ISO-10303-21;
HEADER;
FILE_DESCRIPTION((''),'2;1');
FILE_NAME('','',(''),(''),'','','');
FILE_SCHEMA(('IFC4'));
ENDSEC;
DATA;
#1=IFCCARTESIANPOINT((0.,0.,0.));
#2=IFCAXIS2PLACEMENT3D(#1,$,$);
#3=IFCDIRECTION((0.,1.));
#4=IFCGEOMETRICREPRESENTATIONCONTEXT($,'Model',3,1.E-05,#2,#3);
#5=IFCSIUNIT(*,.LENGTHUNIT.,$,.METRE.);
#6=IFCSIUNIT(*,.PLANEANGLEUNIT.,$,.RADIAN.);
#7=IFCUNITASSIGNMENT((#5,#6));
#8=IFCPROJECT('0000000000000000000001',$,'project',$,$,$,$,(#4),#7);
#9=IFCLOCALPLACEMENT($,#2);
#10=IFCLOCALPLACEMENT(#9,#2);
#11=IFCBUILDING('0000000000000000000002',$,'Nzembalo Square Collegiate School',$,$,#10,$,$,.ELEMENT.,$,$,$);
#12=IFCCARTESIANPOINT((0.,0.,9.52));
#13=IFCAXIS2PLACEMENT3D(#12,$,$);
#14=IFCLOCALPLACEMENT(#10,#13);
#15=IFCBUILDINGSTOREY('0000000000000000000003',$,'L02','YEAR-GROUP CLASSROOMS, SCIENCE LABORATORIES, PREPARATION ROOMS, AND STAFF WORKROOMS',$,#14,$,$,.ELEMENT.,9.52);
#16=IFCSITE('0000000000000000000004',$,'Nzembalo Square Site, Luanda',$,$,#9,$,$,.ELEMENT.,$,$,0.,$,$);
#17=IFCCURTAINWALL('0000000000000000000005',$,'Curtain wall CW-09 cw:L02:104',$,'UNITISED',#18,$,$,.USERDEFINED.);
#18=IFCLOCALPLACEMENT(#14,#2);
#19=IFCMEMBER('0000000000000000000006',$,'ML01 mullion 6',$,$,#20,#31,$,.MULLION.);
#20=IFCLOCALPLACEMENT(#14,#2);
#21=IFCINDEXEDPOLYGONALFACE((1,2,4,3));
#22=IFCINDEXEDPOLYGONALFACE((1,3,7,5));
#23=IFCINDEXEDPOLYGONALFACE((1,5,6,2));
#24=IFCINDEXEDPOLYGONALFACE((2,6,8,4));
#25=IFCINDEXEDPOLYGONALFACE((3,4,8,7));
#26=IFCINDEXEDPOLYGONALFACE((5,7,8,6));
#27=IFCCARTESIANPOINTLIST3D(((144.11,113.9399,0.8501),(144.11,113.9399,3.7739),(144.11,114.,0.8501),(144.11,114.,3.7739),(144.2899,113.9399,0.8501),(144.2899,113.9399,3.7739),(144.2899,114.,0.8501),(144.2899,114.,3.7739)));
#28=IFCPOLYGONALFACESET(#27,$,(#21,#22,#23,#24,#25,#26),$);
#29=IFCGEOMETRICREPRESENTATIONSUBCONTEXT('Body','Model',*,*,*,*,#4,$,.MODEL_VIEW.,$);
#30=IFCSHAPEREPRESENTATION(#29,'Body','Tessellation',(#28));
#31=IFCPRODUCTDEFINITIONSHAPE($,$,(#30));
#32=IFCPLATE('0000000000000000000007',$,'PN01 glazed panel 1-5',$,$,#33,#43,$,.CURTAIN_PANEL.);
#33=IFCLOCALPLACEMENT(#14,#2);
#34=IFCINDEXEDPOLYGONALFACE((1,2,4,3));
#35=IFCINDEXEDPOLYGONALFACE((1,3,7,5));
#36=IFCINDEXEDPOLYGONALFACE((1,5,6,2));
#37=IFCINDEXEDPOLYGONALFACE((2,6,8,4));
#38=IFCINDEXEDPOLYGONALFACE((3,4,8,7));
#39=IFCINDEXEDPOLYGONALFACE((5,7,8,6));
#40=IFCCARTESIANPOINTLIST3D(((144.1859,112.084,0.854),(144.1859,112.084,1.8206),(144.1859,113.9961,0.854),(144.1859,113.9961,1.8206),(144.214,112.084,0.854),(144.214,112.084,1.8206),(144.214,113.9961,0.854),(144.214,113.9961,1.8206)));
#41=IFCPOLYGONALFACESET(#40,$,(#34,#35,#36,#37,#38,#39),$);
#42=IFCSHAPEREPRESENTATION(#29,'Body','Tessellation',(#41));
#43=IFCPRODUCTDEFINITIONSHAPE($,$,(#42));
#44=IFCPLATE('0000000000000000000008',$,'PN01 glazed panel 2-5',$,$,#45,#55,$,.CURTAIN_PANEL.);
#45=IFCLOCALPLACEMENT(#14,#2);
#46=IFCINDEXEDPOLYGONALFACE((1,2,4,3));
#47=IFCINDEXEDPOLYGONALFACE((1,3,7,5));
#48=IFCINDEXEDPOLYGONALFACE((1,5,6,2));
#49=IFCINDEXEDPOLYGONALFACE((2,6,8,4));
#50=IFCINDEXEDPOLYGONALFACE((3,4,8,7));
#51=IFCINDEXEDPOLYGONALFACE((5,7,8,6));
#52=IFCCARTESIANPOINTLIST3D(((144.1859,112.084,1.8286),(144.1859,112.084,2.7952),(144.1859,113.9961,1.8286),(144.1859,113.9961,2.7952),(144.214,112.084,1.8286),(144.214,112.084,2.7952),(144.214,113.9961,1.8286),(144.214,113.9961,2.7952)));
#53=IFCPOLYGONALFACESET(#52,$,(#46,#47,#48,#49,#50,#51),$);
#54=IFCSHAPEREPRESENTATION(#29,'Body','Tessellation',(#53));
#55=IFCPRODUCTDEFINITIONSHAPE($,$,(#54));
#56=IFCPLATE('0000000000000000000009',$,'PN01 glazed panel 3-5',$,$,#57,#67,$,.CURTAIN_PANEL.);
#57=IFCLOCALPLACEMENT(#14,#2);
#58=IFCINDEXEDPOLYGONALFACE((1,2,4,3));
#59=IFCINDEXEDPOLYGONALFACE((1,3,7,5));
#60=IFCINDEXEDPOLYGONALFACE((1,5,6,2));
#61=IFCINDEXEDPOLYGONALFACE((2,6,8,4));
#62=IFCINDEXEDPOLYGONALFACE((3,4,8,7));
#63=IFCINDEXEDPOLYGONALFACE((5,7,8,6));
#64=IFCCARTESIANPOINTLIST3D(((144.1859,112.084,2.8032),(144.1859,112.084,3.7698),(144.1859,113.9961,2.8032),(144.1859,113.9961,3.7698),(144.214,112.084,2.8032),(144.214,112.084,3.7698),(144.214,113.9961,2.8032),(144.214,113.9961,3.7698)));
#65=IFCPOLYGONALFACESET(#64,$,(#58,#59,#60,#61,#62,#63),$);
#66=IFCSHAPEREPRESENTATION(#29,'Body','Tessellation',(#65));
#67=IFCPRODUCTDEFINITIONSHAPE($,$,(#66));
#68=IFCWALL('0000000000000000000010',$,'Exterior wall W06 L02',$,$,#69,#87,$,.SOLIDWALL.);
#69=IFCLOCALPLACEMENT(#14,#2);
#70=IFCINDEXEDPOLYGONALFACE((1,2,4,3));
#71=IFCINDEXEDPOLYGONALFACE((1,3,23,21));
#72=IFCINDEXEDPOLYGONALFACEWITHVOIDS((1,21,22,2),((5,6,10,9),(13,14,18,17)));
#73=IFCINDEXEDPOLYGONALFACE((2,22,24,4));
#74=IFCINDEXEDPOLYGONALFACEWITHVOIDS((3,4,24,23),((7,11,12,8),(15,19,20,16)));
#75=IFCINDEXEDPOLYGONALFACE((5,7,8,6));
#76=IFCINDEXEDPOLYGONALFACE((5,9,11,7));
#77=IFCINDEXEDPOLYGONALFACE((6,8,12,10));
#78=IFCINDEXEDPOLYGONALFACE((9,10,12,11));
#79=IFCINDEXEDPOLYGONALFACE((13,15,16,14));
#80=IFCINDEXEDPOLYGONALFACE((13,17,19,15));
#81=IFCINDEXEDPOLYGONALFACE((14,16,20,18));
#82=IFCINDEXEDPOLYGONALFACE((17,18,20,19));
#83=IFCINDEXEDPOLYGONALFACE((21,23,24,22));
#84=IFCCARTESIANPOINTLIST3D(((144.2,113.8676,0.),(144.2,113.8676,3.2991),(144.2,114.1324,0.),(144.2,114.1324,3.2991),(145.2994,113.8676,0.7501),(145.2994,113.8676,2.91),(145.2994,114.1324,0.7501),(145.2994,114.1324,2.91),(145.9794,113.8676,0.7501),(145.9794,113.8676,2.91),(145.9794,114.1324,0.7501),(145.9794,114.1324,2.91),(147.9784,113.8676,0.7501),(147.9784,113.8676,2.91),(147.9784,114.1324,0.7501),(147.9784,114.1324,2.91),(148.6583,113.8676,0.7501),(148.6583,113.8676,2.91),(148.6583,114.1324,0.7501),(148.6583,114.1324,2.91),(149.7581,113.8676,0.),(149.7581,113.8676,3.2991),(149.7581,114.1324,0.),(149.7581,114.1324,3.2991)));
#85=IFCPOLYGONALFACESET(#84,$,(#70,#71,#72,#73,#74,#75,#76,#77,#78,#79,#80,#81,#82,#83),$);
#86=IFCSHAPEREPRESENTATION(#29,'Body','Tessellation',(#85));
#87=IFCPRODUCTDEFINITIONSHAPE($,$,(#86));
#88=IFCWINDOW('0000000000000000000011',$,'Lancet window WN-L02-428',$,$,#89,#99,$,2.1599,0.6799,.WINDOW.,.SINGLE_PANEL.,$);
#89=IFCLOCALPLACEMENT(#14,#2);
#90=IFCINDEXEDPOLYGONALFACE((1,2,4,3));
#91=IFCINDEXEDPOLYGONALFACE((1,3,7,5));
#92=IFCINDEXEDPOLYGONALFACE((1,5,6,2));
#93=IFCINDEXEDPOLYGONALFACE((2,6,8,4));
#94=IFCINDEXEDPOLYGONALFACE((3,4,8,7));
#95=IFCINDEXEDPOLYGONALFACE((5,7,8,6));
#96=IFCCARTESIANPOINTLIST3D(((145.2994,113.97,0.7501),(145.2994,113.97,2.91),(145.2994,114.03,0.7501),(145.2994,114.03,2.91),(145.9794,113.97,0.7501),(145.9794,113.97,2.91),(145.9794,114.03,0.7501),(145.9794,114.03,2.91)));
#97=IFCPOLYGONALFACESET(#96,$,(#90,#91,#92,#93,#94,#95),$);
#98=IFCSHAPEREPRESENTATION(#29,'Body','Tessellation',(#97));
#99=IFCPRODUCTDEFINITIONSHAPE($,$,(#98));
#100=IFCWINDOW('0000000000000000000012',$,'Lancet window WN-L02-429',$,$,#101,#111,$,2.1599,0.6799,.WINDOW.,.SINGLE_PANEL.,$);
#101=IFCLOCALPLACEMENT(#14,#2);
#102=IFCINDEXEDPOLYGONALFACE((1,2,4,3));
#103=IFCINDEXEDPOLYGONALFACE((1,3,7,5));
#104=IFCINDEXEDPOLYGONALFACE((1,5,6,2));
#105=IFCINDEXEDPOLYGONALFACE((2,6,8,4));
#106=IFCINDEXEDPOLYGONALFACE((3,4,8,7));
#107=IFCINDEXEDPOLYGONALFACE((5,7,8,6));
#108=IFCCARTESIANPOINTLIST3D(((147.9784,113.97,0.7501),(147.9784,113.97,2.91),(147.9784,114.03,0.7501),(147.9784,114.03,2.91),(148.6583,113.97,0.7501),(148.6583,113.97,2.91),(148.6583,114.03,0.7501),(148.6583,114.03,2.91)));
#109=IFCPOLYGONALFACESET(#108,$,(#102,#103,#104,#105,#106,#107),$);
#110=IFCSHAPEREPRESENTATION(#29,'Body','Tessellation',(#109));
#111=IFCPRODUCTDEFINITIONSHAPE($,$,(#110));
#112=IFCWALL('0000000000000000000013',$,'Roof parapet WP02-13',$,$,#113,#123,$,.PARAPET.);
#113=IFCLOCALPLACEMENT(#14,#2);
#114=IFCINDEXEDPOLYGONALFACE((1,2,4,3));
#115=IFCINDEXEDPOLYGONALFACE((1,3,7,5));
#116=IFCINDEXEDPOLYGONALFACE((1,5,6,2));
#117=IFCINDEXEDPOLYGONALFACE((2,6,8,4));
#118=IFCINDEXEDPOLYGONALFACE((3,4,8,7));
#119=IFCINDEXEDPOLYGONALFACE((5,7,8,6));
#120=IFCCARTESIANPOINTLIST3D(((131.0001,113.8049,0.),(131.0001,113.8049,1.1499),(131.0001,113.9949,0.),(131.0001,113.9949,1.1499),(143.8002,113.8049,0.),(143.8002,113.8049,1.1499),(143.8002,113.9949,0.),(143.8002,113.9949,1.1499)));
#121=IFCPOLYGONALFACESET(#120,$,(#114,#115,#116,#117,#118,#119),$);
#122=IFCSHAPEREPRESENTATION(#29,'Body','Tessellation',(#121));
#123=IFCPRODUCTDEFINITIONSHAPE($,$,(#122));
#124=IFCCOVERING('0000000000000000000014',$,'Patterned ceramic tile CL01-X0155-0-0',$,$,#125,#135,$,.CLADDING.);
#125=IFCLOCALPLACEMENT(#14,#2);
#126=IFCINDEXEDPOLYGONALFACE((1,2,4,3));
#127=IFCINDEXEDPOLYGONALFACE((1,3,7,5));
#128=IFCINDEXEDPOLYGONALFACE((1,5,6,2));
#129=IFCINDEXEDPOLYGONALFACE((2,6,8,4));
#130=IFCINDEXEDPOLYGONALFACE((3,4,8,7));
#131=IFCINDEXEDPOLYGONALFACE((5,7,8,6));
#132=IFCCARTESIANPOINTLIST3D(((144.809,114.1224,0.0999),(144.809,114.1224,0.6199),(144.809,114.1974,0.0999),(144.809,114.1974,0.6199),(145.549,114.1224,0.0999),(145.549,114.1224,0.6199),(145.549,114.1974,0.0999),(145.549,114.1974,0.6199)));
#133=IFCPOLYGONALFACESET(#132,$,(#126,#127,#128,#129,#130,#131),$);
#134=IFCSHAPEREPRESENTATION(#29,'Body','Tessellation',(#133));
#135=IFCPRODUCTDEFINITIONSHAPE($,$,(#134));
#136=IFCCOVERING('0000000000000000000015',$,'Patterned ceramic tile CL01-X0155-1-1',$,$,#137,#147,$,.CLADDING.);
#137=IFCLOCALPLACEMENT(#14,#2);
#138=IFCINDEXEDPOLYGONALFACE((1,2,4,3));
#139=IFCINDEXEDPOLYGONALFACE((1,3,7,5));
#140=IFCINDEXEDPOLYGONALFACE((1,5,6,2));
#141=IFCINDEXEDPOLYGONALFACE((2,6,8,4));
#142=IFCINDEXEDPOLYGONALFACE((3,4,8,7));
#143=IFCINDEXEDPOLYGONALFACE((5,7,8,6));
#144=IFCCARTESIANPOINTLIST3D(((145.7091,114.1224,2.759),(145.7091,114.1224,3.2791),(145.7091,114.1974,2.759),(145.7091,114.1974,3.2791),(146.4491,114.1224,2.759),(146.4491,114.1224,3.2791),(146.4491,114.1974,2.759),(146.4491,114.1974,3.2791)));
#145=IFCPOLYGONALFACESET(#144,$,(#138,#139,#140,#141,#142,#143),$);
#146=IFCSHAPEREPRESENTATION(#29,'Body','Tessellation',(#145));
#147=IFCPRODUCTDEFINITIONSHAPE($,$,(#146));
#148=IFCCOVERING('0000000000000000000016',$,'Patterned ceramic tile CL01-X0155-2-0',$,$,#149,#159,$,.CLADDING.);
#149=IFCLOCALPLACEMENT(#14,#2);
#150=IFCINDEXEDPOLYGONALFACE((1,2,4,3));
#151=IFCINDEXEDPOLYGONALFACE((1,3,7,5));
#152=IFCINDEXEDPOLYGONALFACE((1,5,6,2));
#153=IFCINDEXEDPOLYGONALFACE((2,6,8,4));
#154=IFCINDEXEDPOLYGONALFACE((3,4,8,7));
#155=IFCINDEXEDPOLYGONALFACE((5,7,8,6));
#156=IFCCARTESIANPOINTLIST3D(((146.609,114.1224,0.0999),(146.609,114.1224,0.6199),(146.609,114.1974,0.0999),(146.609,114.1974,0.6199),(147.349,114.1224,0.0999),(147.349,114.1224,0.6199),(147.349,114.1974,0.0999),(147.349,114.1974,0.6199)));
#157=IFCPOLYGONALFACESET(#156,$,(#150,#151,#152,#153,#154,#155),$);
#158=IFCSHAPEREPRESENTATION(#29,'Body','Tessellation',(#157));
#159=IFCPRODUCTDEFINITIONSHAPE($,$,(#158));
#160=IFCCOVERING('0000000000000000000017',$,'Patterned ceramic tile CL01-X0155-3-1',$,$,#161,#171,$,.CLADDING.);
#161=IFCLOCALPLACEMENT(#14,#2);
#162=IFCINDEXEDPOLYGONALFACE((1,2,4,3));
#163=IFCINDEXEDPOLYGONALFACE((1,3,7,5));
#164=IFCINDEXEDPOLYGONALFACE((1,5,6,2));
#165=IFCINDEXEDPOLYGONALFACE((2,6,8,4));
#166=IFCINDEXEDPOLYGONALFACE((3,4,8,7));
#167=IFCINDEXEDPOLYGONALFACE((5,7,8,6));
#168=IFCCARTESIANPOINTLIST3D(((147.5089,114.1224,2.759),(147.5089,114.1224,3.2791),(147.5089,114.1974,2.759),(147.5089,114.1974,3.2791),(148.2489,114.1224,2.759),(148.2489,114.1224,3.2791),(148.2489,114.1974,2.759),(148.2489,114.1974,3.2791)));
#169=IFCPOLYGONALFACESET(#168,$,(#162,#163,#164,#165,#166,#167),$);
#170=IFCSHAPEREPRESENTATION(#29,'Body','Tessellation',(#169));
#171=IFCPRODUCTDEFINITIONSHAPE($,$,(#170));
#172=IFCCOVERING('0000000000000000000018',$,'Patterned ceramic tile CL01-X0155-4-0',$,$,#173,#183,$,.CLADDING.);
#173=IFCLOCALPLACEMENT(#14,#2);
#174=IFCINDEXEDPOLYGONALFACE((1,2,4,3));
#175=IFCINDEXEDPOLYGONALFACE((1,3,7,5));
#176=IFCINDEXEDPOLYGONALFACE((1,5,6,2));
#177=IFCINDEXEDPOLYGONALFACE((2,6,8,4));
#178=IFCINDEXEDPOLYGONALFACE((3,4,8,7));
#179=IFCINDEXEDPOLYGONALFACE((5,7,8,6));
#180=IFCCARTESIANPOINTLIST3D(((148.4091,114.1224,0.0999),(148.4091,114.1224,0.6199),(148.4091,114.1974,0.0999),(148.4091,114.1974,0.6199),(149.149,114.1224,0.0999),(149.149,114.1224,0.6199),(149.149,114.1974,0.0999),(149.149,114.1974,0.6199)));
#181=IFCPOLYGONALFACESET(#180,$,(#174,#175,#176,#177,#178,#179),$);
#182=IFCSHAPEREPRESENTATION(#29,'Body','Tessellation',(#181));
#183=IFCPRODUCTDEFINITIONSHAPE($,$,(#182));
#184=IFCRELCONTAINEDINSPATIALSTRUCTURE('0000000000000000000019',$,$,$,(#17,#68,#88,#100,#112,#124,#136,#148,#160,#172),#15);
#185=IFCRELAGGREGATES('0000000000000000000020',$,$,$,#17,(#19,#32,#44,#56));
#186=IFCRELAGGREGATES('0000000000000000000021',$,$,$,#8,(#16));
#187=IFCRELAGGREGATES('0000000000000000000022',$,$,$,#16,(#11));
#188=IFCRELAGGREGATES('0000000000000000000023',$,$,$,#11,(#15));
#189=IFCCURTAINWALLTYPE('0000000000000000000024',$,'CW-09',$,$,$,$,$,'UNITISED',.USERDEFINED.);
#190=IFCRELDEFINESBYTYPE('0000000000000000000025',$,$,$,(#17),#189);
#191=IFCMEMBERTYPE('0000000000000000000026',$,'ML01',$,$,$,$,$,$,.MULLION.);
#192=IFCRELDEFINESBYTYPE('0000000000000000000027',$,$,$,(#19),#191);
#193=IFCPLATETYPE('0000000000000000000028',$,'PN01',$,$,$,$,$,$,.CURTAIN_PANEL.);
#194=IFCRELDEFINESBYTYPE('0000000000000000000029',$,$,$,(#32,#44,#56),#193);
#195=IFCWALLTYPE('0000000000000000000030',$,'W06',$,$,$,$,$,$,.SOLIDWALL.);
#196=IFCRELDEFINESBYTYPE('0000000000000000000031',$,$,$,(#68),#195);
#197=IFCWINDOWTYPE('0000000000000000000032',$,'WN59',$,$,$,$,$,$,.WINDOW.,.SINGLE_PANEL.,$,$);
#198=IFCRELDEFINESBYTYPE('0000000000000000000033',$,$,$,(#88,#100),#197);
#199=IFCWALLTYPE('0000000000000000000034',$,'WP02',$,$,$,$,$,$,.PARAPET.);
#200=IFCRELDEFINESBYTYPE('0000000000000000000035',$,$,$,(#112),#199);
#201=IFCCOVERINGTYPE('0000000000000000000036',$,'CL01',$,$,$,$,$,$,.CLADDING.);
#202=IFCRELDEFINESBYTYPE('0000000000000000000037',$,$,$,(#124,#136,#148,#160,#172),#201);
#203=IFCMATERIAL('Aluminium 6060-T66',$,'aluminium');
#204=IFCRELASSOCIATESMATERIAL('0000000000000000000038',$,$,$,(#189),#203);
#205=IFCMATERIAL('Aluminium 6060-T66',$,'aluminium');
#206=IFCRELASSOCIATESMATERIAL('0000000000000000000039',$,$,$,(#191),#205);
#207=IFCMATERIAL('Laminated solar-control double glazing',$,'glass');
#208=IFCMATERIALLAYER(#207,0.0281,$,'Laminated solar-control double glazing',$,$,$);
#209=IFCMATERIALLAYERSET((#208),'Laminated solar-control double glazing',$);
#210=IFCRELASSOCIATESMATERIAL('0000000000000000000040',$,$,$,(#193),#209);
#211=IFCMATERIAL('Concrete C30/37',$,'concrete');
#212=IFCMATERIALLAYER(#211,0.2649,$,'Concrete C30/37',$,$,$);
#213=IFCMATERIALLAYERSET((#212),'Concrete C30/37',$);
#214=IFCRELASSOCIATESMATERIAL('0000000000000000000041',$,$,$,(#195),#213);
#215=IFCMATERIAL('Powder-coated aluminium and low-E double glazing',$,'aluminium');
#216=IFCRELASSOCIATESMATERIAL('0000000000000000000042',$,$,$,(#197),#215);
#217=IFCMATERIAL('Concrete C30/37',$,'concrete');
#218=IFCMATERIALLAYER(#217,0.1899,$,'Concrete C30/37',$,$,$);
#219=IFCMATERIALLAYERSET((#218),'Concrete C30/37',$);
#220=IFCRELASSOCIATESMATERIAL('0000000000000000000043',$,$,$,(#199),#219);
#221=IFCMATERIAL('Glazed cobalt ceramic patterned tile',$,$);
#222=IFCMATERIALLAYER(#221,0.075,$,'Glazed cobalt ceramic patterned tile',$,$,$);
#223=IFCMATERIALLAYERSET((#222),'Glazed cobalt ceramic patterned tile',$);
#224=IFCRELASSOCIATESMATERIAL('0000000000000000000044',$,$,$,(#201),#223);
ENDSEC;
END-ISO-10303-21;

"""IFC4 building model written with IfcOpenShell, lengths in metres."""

from ifc_helpers import new_model, si_unit, direction, frame, frame_2d, origin, origin_2d, place, context, subcontext, project, spatial, rectangle, extrude, material, layer, layer_set, material_profile, profile_set, type_object, element, fill, aggregate, save


model = new_model("IFC4")

# Units and contexts
model_context = context("Model", 3, precision=1e-05, world=origin(), true_north=direction((0.0, 1.0)))
body_context = subcontext(model_context, "Body", "Model", "MODEL_VIEW")
ifc_project = project(units=[si_unit("LENGTHUNIT", "METRE"), si_unit("PLANEANGLEUNIT", "RADIAN")], contexts=[model_context])

# Site, building, storey
site_placement = place(None, origin())
site = spatial("IfcSite", under=ifc_project, at=site_placement, Name="Nzembalo Square Site, Luanda", CompositionType="ELEMENT", RefElevation=0.0)
building_placement = place(site_placement, origin())
building = spatial("IfcBuilding", under=site, at=building_placement, Name="Nzembalo Square Collegiate School", CompositionType="ELEMENT")
storey_placement = place(building_placement, frame((0.0, 0.0, 9.52)))
storey = spatial("IfcBuildingStorey", under=building, at=storey_placement, Name="L02", Description="YEAR-GROUP CLASSROOMS, SCIENCE LABORATORIES, PREPARATION ROOMS, AND STAFF WORKROOMS", CompositionType="ELEMENT", Elevation=9.52)

# Curtain wall, member, plates
ifc_material_1 = material(Name="Aluminium 6060-T66", Category="aluminium")
curtain_wall_type = type_object("IfcCurtainWallType", Name="CW-09", ElementType="UNITISED", PredefinedType="USERDEFINED", material=ifc_material_1)
curtain_wall_placement = place(storey_placement, origin())
curtain_wall = element("IfcCurtainWall", 1, at=curtain_wall_placement, inside=storey, type_object=curtain_wall_type, Name="Curtain wall CW-09 cw:L02:104", ObjectType="UNITISED", PredefinedType="USERDEFINED")
ifc_material_2 = material(Name="Aluminium 6060-T66", Category="aluminium")
ifc_material_profile = material_profile(ifc_material_2, rectangle(XDim=0.0601, YDim=0.1799, at=origin_2d()), Name="ALU M60x180")
ifc_profile_set = profile_set([ifc_material_profile], Name="Aluminium 6060-T66")
member_type = type_object("IfcMemberType", Name="ML01", PredefinedType="MULLION", material=ifc_profile_set)
member_placement = place(storey_placement, frame((144.2, 113.97, 0.8501), z_axis=(0.0, 0.0, 1.0), x_axis=(0.0, 1.0, 0.0)))
member = element("IfcMember", 2, at=member_placement, type_object=member_type, Name="ML01 mullion 6", PredefinedType="MULLION", context=body_context, shape_type="SweptSolid", body=[
    extrude(rectangle(XDim=0.0601, YDim=0.1799, at=origin_2d()), origin(), (0.0, 0.0, 1.0), 2.9238),
])
ifc_material_3 = material(Name="Laminated solar-control double glazing", Category="glass")
ifc_layer_1 = layer(ifc_material_3, 0.0281, Name="Laminated solar-control double glazing")
ifc_layer_set_1 = layer_set([ifc_layer_1], Name="Laminated solar-control double glazing")
plate_type = type_object("IfcPlateType", Name="PN01", PredefinedType="CURTAIN_PANEL", material=ifc_layer_set_1)
plate_1_placement = place(storey_placement, frame((144.2, 113.04, 0.854), z_axis=(0.0, 0.0, 1.0), x_axis=(0.0, 1.0, 0.0)))
plate_1 = element("IfcPlate", 3, at=plate_1_placement, type_object=plate_type, Name="PN01 glazed panel 1-5", PredefinedType="CURTAIN_PANEL", context=body_context, shape_type="SweptSolid", body=[
    extrude(rectangle(XDim=1.9121, YDim=0.0281, at=origin_2d()), origin(), (0.0, 0.0, 1.0), 0.9666),
])
plate_2_placement = place(storey_placement, frame((144.2, 113.04, 1.8286), z_axis=(0.0, 0.0, 1.0), x_axis=(0.0, 1.0, 0.0)))
plate_2 = element("IfcPlate", 4, at=plate_2_placement, type_object=plate_type, Name="PN01 glazed panel 2-5", PredefinedType="CURTAIN_PANEL", context=body_context, shape_type="SweptSolid", body=[
    extrude(rectangle(XDim=1.9121, YDim=0.0281, at=origin_2d()), origin(), (0.0, 0.0, 1.0), 0.9666),
])
plate_3_placement = place(storey_placement, frame((144.2, 113.04, 2.8032), z_axis=(0.0, 0.0, 1.0), x_axis=(0.0, 1.0, 0.0)))
plate_3 = element("IfcPlate", 5, at=plate_3_placement, type_object=plate_type, Name="PN01 glazed panel 3-5", PredefinedType="CURTAIN_PANEL", context=body_context, shape_type="SweptSolid", body=[
    extrude(rectangle(XDim=1.9121, YDim=0.0281, at=origin_2d()), origin(), (0.0, 0.0, 1.0), 0.9666),
])
aggregate(curtain_wall, [member, plate_1, plate_2, plate_3])

# Wall, openings, windows
ifc_material_4 = material(Name="Concrete C30/37", Category="concrete")
ifc_layer_2 = layer(ifc_material_4, 0.2649, Name="Concrete C30/37")
ifc_layer_set_2 = layer_set([ifc_layer_2], Name="Concrete C30/37")
wall_type_1 = type_object("IfcWallType", Name="W06", PredefinedType="SOLIDWALL", material=ifc_layer_set_2)
wall_1_placement = place(storey_placement, frame((144.2, 114.0, 0.0), z_axis=(0.0, 0.0, 1.0), x_axis=(1.0, 0.0, 0.0)))
wall_1 = element("IfcWall", 6, at=wall_1_placement, inside=storey, type_object=wall_type_1, Name="Exterior wall W06 L02", PredefinedType="SOLIDWALL", context=body_context, shape_type="SweptSolid", body=[
    extrude(rectangle(XDim=5.5581, YDim=0.2649, at=frame_2d((2.7791, 0.0))), origin(), (0.0, 0.0, 1.0), 3.2991),
])
opening_1_placement = place(wall_1_placement, frame((1.0996, 0.0, 0.75)))
opening_1 = element("IfcOpeningElement", 7, at=opening_1_placement, cuts=wall_1, PredefinedType="OPENING", context=body_context, shape_type="SweptSolid", body=[
    extrude(rectangle(XDim=0.6799, YDim=2.1599, at=frame_2d((0.3398, 1.0801))), frame((0.0, 0.1426, 0.0), z_axis=(0.0, -1.0, 0.0), x_axis=(1.0, 0.0, 0.0)), (0.0, 0.0, 1.0), 0.2849),
])
opening_2_placement = place(wall_1_placement, frame((3.7786, 0.0, 0.75)))
opening_2 = element("IfcOpeningElement", 8, at=opening_2_placement, cuts=wall_1, PredefinedType="OPENING", context=body_context, shape_type="SweptSolid", body=[
    extrude(rectangle(XDim=0.6799, YDim=2.1599, at=frame_2d((0.3398, 1.0801))), frame((0.0, 0.1426, 0.0), z_axis=(0.0, -1.0, 0.0), x_axis=(1.0, 0.0, 0.0)), (0.0, 0.0, 1.0), 0.2849),
])
ifc_material_5 = material(Name="Powder-coated aluminium and low-E double glazing", Category="aluminium")
window_type = type_object("IfcWindowType", Name="WN59", PartitioningType="SINGLE_PANEL", PredefinedType="WINDOW", material=ifc_material_5)
window_1_placement = place(opening_1_placement, origin())
window_1 = element("IfcWindow", 9, at=window_1_placement, inside=storey, type_object=window_type, Name="Lancet window WN-L02-428", OverallHeight=2.1599, OverallWidth=0.6799, PartitioningType="SINGLE_PANEL", PredefinedType="WINDOW", context=body_context, shape_type="SweptSolid", body=[
    extrude(rectangle(XDim=0.6799, YDim=2.1599, at=frame_2d((0.3398, 1.0801))), frame((0.0, 0.03, 0.0), z_axis=(0.0, -1.0, 0.0), x_axis=(1.0, 0.0, 0.0)), (0.0, 0.0, 1.0), 0.0601),
])
fill(opening_1, window_1)
window_2_placement = place(opening_2_placement, origin())
window_2 = element("IfcWindow", 10, at=window_2_placement, inside=storey, type_object=window_type, Name="Lancet window WN-L02-429", OverallHeight=2.1599, OverallWidth=0.6799, PartitioningType="SINGLE_PANEL", PredefinedType="WINDOW", context=body_context, shape_type="SweptSolid", body=[
    extrude(rectangle(XDim=0.6799, YDim=2.1599, at=frame_2d((0.3398, 1.0801))), frame((0.0, 0.03, 0.0), z_axis=(0.0, -1.0, 0.0), x_axis=(1.0, 0.0, 0.0)), (0.0, 0.0, 1.0), 0.0601),
])
fill(opening_2, window_2)

# Wall
ifc_material_6 = material(Name="Concrete C30/37", Category="concrete")
ifc_layer_3 = layer(ifc_material_6, 0.1899, Name="Concrete C30/37")
ifc_layer_set_3 = layer_set([ifc_layer_3], Name="Concrete C30/37")
wall_type_2 = type_object("IfcWallType", Name="WP02", PredefinedType="PARAPET", material=ifc_layer_set_3)
wall_2_placement = place(storey_placement, frame((143.8, 113.8999, 0.0), z_axis=(0.0, 0.0, 1.0), x_axis=(-1.0, 0.0, 0.0)))
element("IfcWall", 11, at=wall_2_placement, inside=storey, type_object=wall_type_2, Name="Roof parapet WP02-13", PredefinedType="PARAPET", context=body_context, shape_type="SweptSolid", body=[
    extrude(rectangle(XDim=12.8, YDim=0.1899, at=frame_2d((6.3999, 0.0))), origin(), (0.0, 0.0, 1.0), 1.1499),
])

# Coverings
ifc_material_7 = material(Name="Glazed cobalt ceramic patterned tile")
ifc_layer_4 = layer(ifc_material_7, 0.075, Name="Glazed cobalt ceramic patterned tile")
ifc_layer_set_4 = layer_set([ifc_layer_4], Name="Glazed cobalt ceramic patterned tile")
covering_type_1 = type_object("IfcCoveringType", Name="CL01", PredefinedType="CLADDING", material=ifc_layer_set_4)
for number, where, z_axis, x_axis, name in (
    (12, (145.179, 114.1599, 0.0999), (0.0, 0.0, 1.0), (1.0, 0.0, 0.0), "Patterned ceramic tile CL01-X0155-0-0"),
    (13, (146.0791, 114.1599, 2.759), (0.0, 0.0, 1.0), (1.0, 0.0, 0.0), "Patterned ceramic tile CL01-X0155-1-1"),
    (14, (146.979, 114.1599, 0.0999), (0.0, 0.0, 1.0), (1.0, 0.0, 0.0), "Patterned ceramic tile CL01-X0155-2-0"),
    (15, (147.8789, 114.1599, 2.759), (0.0, 0.0, 1.0), (1.0, 0.0, 0.0), "Patterned ceramic tile CL01-X0155-3-1"),
    (16, (148.7791, 114.1599, 0.0999), (0.0, 0.0, 1.0), (1.0, 0.0, 0.0), "Patterned ceramic tile CL01-X0155-4-0"),
):
    element("IfcCovering", number, at=place(storey_placement, frame(where, z_axis=z_axis, x_axis=x_axis)), inside=storey, type_object=covering_type_1, Name=name, PredefinedType="CLADDING", context=body_context, shape_type="SweptSolid", body=[
        extrude(rectangle(XDim=0.74, YDim=0.075, at=origin_2d()), origin(), (0.0, 0.0, 1.0), 0.52),
    ])

save(model, "model.ifc")
